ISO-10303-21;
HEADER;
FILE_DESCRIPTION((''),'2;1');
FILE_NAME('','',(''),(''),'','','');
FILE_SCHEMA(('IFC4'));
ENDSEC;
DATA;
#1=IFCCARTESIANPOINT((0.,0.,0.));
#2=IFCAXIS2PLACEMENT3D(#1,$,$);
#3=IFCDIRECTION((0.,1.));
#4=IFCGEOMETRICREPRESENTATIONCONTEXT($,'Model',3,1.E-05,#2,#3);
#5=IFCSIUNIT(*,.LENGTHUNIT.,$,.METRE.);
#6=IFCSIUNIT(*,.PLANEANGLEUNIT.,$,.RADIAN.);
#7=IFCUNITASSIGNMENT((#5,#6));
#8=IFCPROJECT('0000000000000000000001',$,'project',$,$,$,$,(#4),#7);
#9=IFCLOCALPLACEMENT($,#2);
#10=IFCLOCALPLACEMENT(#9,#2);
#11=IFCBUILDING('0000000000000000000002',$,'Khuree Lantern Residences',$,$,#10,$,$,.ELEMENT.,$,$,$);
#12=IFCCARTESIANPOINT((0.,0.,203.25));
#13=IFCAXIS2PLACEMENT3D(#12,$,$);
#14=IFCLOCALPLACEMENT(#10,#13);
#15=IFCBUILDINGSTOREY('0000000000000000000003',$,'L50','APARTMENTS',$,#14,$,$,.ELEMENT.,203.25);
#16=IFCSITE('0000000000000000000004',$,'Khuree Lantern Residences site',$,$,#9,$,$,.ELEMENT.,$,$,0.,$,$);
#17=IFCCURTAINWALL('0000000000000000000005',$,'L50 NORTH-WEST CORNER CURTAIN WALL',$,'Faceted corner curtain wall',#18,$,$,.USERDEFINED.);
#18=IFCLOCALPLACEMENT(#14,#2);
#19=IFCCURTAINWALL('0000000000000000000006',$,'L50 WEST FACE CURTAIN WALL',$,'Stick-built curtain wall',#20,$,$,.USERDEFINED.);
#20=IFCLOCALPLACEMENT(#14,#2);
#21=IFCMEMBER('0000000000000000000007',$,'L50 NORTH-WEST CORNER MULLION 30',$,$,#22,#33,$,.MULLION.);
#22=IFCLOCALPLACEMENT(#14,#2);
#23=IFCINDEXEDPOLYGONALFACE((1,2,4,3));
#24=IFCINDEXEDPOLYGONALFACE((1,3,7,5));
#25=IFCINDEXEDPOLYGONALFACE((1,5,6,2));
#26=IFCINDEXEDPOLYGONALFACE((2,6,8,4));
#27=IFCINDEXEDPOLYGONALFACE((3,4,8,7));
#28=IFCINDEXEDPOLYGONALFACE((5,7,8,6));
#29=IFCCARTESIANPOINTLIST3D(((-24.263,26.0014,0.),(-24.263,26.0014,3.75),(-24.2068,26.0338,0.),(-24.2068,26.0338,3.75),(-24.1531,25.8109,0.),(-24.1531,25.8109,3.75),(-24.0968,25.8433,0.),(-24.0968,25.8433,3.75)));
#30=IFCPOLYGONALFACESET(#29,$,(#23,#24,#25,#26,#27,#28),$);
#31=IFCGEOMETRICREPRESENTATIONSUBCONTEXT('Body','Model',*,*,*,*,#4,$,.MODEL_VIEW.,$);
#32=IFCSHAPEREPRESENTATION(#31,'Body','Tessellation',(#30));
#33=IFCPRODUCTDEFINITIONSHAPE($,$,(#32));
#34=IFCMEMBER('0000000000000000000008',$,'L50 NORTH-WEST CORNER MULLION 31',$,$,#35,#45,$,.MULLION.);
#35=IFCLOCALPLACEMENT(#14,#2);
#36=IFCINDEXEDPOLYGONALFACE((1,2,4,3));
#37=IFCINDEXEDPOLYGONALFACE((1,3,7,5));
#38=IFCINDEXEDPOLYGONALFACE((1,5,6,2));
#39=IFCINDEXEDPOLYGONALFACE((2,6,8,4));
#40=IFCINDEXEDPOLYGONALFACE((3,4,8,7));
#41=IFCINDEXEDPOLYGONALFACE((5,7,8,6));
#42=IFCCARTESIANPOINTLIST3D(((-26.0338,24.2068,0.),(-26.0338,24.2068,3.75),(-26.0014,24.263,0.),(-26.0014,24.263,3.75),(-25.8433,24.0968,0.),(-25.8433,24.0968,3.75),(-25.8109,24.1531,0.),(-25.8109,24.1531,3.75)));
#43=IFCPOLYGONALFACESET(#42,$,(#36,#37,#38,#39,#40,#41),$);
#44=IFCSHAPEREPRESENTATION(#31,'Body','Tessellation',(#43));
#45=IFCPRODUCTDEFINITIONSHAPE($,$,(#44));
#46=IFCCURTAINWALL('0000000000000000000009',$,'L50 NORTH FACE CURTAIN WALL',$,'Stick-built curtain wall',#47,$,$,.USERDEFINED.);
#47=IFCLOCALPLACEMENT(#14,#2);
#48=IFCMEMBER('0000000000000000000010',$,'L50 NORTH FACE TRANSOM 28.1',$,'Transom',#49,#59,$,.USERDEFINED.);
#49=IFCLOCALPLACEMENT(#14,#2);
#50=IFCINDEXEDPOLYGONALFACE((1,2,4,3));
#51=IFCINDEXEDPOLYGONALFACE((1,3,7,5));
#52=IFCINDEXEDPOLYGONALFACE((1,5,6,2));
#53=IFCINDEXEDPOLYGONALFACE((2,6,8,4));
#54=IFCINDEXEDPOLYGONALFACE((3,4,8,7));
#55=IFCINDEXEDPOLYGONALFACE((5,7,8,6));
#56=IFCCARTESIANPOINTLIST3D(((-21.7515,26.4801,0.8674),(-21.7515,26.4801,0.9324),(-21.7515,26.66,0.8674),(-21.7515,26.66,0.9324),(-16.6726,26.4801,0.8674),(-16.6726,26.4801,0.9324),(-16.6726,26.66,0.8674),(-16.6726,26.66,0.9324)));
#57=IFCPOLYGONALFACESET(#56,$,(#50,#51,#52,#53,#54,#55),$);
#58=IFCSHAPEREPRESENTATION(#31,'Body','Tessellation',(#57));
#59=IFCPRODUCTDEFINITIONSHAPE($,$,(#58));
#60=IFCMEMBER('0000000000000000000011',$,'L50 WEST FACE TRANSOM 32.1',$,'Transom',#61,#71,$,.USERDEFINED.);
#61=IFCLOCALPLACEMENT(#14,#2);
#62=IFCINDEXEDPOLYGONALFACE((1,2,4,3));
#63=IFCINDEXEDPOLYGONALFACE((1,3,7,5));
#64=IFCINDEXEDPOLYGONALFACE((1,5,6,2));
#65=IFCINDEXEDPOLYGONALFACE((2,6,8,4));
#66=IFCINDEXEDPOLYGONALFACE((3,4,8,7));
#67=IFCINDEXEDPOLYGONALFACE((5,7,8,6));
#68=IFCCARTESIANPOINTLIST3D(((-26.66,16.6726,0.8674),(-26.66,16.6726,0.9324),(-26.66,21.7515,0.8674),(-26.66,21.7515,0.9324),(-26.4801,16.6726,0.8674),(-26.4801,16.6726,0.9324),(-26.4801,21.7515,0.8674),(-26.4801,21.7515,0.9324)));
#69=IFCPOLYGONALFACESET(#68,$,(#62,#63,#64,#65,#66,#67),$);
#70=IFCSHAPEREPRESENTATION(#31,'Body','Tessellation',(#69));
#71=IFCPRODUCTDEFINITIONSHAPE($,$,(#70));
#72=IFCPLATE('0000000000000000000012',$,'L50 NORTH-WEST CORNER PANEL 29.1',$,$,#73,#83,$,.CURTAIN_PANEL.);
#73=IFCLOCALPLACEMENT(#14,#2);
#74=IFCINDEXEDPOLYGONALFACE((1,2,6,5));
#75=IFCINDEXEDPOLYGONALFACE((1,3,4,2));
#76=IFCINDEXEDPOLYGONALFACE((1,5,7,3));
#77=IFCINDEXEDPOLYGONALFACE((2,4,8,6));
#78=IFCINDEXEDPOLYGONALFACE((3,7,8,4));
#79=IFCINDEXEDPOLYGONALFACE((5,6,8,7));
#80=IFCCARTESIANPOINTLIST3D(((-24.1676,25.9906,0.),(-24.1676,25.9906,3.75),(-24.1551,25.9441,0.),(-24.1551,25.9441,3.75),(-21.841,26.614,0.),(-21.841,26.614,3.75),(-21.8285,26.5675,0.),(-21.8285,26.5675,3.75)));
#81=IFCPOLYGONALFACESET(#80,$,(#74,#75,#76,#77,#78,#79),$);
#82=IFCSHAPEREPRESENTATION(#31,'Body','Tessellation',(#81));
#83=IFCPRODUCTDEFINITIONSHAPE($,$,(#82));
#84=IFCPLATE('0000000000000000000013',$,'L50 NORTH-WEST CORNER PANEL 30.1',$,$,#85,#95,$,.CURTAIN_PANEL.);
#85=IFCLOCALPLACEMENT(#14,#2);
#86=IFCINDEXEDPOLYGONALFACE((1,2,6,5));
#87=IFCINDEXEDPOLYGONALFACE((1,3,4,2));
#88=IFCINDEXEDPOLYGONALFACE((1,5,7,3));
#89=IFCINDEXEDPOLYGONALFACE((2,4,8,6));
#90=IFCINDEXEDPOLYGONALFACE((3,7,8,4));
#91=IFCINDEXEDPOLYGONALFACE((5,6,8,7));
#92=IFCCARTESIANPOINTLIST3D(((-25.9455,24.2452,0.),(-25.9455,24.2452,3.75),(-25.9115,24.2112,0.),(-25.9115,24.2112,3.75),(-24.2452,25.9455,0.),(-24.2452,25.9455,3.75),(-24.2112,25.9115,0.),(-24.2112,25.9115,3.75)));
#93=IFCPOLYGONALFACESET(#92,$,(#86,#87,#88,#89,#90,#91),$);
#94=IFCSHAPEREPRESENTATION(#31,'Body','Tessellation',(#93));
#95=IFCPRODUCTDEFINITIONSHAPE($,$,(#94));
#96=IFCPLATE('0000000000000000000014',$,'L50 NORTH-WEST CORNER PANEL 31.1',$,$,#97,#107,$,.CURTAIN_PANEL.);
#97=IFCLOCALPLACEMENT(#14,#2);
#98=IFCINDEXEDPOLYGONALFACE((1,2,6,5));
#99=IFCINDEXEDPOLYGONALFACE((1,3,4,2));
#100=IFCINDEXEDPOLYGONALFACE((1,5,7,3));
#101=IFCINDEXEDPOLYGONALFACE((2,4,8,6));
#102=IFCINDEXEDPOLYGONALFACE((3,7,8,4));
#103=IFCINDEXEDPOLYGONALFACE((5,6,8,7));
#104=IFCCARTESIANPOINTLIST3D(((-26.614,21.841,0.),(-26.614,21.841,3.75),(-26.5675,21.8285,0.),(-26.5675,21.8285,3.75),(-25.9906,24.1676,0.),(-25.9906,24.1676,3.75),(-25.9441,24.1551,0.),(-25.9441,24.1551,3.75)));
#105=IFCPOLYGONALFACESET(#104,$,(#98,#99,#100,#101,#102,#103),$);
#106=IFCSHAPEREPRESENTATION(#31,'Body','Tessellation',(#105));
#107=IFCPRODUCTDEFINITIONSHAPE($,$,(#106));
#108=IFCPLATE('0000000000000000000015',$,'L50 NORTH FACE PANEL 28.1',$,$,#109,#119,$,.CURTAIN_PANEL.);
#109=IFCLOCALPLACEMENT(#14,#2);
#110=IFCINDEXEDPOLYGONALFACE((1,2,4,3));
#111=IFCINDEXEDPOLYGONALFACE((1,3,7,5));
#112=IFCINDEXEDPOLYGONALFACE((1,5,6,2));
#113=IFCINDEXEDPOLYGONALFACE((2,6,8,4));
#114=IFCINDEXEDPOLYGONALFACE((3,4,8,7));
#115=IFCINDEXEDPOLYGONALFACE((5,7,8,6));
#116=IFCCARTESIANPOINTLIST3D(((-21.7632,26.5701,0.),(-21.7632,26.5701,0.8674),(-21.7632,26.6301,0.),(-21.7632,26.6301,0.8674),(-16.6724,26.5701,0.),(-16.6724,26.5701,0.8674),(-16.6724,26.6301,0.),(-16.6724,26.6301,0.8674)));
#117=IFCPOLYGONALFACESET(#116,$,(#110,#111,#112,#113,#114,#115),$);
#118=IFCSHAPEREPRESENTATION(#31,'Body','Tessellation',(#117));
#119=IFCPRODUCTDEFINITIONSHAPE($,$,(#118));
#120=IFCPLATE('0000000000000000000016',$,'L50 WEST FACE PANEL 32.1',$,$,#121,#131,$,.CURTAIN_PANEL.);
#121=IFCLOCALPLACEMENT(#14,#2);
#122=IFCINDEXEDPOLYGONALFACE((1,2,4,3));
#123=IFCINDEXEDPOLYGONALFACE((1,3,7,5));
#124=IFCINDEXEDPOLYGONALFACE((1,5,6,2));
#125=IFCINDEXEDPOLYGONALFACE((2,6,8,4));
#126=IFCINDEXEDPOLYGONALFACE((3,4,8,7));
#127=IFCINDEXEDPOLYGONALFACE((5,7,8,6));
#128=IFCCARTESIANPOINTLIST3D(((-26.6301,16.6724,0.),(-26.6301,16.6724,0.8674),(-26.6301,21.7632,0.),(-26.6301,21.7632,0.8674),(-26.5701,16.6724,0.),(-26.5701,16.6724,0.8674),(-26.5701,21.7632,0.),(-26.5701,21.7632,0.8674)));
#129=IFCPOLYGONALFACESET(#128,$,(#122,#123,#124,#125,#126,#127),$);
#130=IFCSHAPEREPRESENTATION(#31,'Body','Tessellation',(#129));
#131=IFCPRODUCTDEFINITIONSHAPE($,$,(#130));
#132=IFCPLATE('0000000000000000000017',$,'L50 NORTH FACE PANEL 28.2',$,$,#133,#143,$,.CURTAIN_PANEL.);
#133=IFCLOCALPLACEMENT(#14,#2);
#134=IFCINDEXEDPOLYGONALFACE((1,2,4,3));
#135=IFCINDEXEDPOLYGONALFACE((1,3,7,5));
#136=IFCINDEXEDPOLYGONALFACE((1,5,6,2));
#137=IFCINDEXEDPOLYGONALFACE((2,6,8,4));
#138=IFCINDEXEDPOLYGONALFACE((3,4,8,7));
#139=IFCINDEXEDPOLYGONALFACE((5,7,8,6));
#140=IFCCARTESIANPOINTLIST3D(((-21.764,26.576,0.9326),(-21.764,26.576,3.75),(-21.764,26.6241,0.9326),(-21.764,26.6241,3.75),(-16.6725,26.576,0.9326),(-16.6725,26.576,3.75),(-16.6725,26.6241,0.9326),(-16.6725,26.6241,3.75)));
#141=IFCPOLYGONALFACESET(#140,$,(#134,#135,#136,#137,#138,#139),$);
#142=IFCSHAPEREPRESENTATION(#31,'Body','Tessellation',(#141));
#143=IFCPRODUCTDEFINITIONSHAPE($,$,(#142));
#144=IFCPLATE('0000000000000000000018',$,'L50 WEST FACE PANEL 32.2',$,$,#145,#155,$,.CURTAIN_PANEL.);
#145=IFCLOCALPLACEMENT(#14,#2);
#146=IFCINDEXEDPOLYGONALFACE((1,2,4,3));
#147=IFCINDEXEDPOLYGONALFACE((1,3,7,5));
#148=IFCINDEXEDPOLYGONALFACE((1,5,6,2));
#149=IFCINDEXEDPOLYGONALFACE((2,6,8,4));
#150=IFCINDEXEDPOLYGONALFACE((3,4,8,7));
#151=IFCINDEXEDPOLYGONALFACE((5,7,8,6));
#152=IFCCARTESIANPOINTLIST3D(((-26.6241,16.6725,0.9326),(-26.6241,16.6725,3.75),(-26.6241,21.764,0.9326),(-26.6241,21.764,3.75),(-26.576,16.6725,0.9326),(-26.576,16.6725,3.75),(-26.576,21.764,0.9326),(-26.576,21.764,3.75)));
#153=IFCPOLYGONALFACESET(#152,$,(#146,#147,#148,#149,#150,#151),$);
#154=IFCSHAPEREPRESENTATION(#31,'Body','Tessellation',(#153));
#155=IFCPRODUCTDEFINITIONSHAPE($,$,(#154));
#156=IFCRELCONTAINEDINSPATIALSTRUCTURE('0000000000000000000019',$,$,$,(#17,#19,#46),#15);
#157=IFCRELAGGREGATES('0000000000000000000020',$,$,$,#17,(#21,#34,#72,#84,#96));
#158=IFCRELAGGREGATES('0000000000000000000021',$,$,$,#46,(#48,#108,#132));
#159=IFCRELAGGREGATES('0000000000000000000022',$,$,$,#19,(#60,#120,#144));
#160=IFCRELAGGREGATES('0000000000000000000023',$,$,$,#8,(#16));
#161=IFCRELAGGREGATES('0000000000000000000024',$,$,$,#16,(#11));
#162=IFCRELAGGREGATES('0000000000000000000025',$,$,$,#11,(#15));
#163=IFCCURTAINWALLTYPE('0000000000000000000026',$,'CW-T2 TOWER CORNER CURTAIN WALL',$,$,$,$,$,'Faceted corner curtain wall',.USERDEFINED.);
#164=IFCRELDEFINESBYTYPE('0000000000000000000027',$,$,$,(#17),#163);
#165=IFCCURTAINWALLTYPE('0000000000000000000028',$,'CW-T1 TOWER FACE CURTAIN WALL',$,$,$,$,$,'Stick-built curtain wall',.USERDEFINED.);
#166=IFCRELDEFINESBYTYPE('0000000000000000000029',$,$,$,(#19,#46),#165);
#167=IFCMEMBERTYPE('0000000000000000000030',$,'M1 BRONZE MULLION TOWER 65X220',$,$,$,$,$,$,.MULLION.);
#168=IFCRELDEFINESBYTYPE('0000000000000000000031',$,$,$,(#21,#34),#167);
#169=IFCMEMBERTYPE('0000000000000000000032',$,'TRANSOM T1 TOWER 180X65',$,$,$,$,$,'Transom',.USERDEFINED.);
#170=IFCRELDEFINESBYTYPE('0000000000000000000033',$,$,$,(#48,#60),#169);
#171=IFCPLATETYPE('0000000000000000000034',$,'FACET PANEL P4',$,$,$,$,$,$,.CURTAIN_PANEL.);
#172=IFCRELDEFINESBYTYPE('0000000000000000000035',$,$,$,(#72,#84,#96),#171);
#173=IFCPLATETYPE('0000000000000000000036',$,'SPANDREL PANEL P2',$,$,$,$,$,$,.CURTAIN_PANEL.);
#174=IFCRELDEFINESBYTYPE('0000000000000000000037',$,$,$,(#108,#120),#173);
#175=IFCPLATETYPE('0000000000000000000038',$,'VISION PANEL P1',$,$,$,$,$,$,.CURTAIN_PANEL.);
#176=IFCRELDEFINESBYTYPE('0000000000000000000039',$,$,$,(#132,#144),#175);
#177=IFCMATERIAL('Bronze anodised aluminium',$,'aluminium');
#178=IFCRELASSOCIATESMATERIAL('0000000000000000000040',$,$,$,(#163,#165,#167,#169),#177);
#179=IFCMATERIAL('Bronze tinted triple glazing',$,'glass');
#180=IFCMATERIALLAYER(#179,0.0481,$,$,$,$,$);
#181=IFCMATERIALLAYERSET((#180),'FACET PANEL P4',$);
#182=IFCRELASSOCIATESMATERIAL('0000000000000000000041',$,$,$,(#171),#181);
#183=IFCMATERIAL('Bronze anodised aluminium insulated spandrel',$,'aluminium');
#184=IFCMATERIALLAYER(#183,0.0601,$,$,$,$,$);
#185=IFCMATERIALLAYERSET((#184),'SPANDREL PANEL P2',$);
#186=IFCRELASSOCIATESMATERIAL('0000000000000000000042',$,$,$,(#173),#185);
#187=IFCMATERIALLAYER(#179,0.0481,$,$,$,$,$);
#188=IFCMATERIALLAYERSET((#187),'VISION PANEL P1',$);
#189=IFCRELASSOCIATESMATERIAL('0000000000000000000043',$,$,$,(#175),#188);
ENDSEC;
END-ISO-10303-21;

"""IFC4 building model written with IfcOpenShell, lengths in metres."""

from ifc_helpers import new_model, si_unit, direction, frame, origin, origin_2d, place, context, subcontext, project, spatial, rectangle, extrude, material, layer, layer_set, material_profile, profile_set, type_object, element, aggregate, save


model = new_model("IFC4")

# Units and contexts
model_context = context("Model", 3, precision=1e-05, world=origin(), true_north=direction((0.0, 1.0)))
body_context = subcontext(model_context, "Body", "Model", "MODEL_VIEW")
ifc_project = project(units=[si_unit("LENGTHUNIT", "METRE"), si_unit("PLANEANGLEUNIT", "RADIAN")], contexts=[model_context])

# Site, building, storey
site_placement = place(None, origin())
site = spatial("IfcSite", under=ifc_project, at=site_placement, Name="Khuree Lantern Residences site", CompositionType="ELEMENT", RefElevation=0.0)
building_placement = place(site_placement, origin())
building = spatial("IfcBuilding", under=site, at=building_placement, Name="Khuree Lantern Residences", CompositionType="ELEMENT")
storey_placement = place(building_placement, frame((0.0, 0.0, 203.25)))
storey = spatial("IfcBuildingStorey", under=building, at=storey_placement, Name="L50", Description="APARTMENTS", CompositionType="ELEMENT", Elevation=203.25)

# Curtain walls
ifc_material_1 = material(Name="Bronze anodised aluminium", Category="aluminium")
curtain_wall_type_1 = type_object("IfcCurtainWallType", Name="CW-T2 TOWER CORNER CURTAIN WALL", ElementType="Faceted corner curtain wall", PredefinedType="USERDEFINED", material=ifc_material_1)
curtain_wall_1_placement = place(storey_placement, origin())
curtain_wall_1 = element("IfcCurtainWall", 1, at=curtain_wall_1_placement, inside=storey, type_object=curtain_wall_type_1, Name="L50 NORTH-WEST CORNER CURTAIN WALL", ObjectType="Faceted corner curtain wall", PredefinedType="USERDEFINED")
curtain_wall_type_2 = type_object("IfcCurtainWallType", Name="CW-T1 TOWER FACE CURTAIN WALL", ElementType="Stick-built curtain wall", PredefinedType="USERDEFINED", material=ifc_material_1)
curtain_wall_2_placement = place(storey_placement, origin())
curtain_wall_2 = element("IfcCurtainWall", 2, at=curtain_wall_2_placement, inside=storey, type_object=curtain_wall_type_2, Name="L50 WEST FACE CURTAIN WALL", ObjectType="Stick-built curtain wall", PredefinedType="USERDEFINED")

# Members
ifc_material_profile_1 = material_profile(ifc_material_1, rectangle(XDim=0.0649, YDim=0.22, at=origin_2d()), Name="M1 65X220")
ifc_profile_set_1 = profile_set([ifc_material_profile_1], Name="Bronze anodised aluminium")
member_type_1 = type_object("IfcMemberType", Name="M1 BRONZE MULLION TOWER 65X220", PredefinedType="MULLION", material=ifc_profile_set_1)
member_1_placement = place(storey_placement, frame((-24.1799, 25.9224, 0.0), z_axis=(0.0, 0.0, 1.0), x_axis=(-0.866025, -0.5, 0.0)))
member_1 = element("IfcMember", 3, at=member_1_placement, type_object=member_type_1, Name="L50 NORTH-WEST CORNER MULLION 30", PredefinedType="MULLION", context=body_context, shape_type="SweptSolid", body=[
    extrude(rectangle(XDim=0.0649, YDim=0.22, at=origin_2d()), origin(), (0.0, 0.0, 1.0), 3.75),
])
member_2_placement = place(storey_placement, frame((-25.9224, 24.1799, 0.0), z_axis=(0.0, 0.0, 1.0), x_axis=(-0.5, -0.866025, 0.0)))
member_2 = element("IfcMember", 4, at=member_2_placement, type_object=member_type_1, Name="L50 NORTH-WEST CORNER MULLION 31", PredefinedType="MULLION", context=body_context, shape_type="SweptSolid", body=[
    extrude(rectangle(XDim=0.0649, YDim=0.22, at=origin_2d()), origin(), (0.0, 0.0, 1.0), 3.75),
])

# Curtain wall, member
curtain_wall_3_placement = place(storey_placement, origin())
curtain_wall_3 = element("IfcCurtainWall", 5, at=curtain_wall_3_placement, inside=storey, type_object=curtain_wall_type_2, Name="L50 NORTH FACE CURTAIN WALL", ObjectType="Stick-built curtain wall", PredefinedType="USERDEFINED")
ifc_material_profile_2 = material_profile(ifc_material_1, rectangle(XDim=0.1799, YDim=0.0649, at=origin_2d()), Name="T1 180X65")
ifc_profile_set_2 = profile_set([ifc_material_profile_2], Name="Bronze anodised aluminium")
member_type_2 = type_object("IfcMemberType", Name="TRANSOM T1 TOWER 180X65", ElementType="Transom", PredefinedType="USERDEFINED", material=ifc_profile_set_2)
member_3_placement = place(storey_placement, frame((-16.6726, 26.5701, 0.8999), z_axis=(-1.0, 0.0, 0.0), x_axis=(0.0, -1.0, 0.0)))
member_3 = element("IfcMember", 6, at=member_3_placement, type_object=member_type_2, Name="L50 NORTH FACE TRANSOM 28.1", ObjectType="Transom", PredefinedType="USERDEFINED", context=body_context, shape_type="SweptSolid", body=[
    extrude(rectangle(XDim=0.1799, YDim=0.0649, at=origin_2d()), origin(), (0.0, 0.0, 1.0), 5.0789),
])

# Member
member_4_placement = place(storey_placement, frame((-26.5701, 21.7515, 0.8999), z_axis=(0.0, -1.0, 0.0), x_axis=(1.0, 0.0, 0.0)))
member_4 = element("IfcMember", 7, at=member_4_placement, type_object=member_type_2, Name="L50 WEST FACE TRANSOM 32.1", ObjectType="Transom", PredefinedType="USERDEFINED", context=body_context, shape_type="SweptSolid", body=[
    extrude(rectangle(XDim=0.1799, YDim=0.0649, at=origin_2d()), origin(), (0.0, 0.0, 1.0), 5.0789),
])

# Plates
ifc_material_2 = material(Name="Bronze tinted triple glazing", Category="glass")
ifc_layer_1 = layer(ifc_material_2, 0.0481)
ifc_layer_set_1 = layer_set([ifc_layer_1], Name="FACET PANEL P4")
plate_type_1 = type_object("IfcPlateType", Name="FACET PANEL P4", PredefinedType="CURTAIN_PANEL", material=ifc_layer_set_1)
plate_1_placement = place(storey_placement, frame((-22.998, 26.2791, 0.0), z_axis=(0.0, 0.0, 1.0), x_axis=(-0.965926, -0.258819, 0.0)))
plate_1 = element("IfcPlate", 8, at=plate_1_placement, type_object=plate_type_1, Name="L50 NORTH-WEST CORNER PANEL 29.1", PredefinedType="CURTAIN_PANEL", context=body_context, shape_type="SweptSolid", body=[
    extrude(rectangle(XDim=2.4087, YDim=0.0481, at=origin_2d()), origin(), (0.0, 0.0, 1.0), 3.75),
])
plate_2_placement = place(storey_placement, frame((-25.0784, 25.0784, 0.0), z_axis=(0.0, 0.0, 1.0), x_axis=(-0.707107, -0.707107, 0.0)))
plate_2 = element("IfcPlate", 9, at=plate_2_placement, type_object=plate_type_1, Name="L50 NORTH-WEST CORNER PANEL 30.1", PredefinedType="CURTAIN_PANEL", context=body_context, shape_type="SweptSolid", body=[
    extrude(rectangle(XDim=2.4045, YDim=0.0481, at=origin_2d()), origin(), (0.0, 0.0, 1.0), 3.75),
])
plate_3_placement = place(storey_placement, frame((-26.2791, 22.998, 0.0), z_axis=(0.0, 0.0, 1.0), x_axis=(-0.258819, -0.965926, 0.0)))
plate_3 = element("IfcPlate", 10, at=plate_3_placement, type_object=plate_type_1, Name="L50 NORTH-WEST CORNER PANEL 31.1", PredefinedType="CURTAIN_PANEL", context=body_context, shape_type="SweptSolid", body=[
    extrude(rectangle(XDim=2.4087, YDim=0.0481, at=origin_2d()), origin(), (0.0, 0.0, 1.0), 3.75),
])
aggregate(curtain_wall_1, [member_1, member_2, plate_1, plate_2, plate_3])
ifc_material_3 = material(Name="Bronze anodised aluminium insulated spandrel", Category="aluminium")
ifc_layer_2 = layer(ifc_material_3, 0.0601)
ifc_layer_set_2 = layer_set([ifc_layer_2], Name="SPANDREL PANEL P2")
plate_type_2 = type_object("IfcPlateType", Name="SPANDREL PANEL P2", PredefinedType="CURTAIN_PANEL", material=ifc_layer_set_2)
plate_4_placement = place(storey_placement, frame((-19.2178, 26.6001, 0.0), z_axis=(0.0, 0.0, 1.0), x_axis=(-1.0, 0.0, 0.0)))
plate_4 = element("IfcPlate", 11, at=plate_4_placement, type_object=plate_type_2, Name="L50 NORTH FACE PANEL 28.1", PredefinedType="CURTAIN_PANEL", context=body_context, shape_type="SweptSolid", body=[
    extrude(rectangle(XDim=5.0908, YDim=0.0601, at=origin_2d()), origin(), (0.0, 0.0, 1.0), 0.8674),
])
plate_5_placement = place(storey_placement, frame((-26.6001, 19.2178, 0.0), z_axis=(0.0, 0.0, 1.0), x_axis=(0.0, -1.0, 0.0)))
plate_5 = element("IfcPlate", 12, at=plate_5_placement, type_object=plate_type_2, Name="L50 WEST FACE PANEL 32.1", PredefinedType="CURTAIN_PANEL", context=body_context, shape_type="SweptSolid", body=[
    extrude(rectangle(XDim=5.0908, YDim=0.0601, at=origin_2d()), origin(), (0.0, 0.0, 1.0), 0.8674),
])
ifc_layer_3 = layer(ifc_material_2, 0.0481)
ifc_layer_set_3 = layer_set([ifc_layer_3], Name="VISION PANEL P1")
plate_type_3 = type_object("IfcPlateType", Name="VISION PANEL P1", PredefinedType="CURTAIN_PANEL", material=ifc_layer_set_3)
plate_6_placement = place(storey_placement, frame((-19.2183, 26.6001, 0.9326), z_axis=(0.0, 0.0, 1.0), x_axis=(-1.0, 0.0, 0.0)))
plate_6 = element("IfcPlate", 13, at=plate_6_placement, type_object=plate_type_3, Name="L50 NORTH FACE PANEL 28.2", PredefinedType="CURTAIN_PANEL", context=body_context, shape_type="SweptSolid", body=[
    extrude(rectangle(XDim=5.0916, YDim=0.0481, at=origin_2d()), origin(), (0.0, 0.0, 1.0), 2.8174),
])
aggregate(curtain_wall_3, [member_3, plate_4, plate_6])
plate_7_placement = place(storey_placement, frame((-26.6001, 19.2183, 0.9326), z_axis=(0.0, 0.0, 1.0), x_axis=(0.0, -1.0, 0.0)))
plate_7 = element("IfcPlate", 14, at=plate_7_placement, type_object=plate_type_3, Name="L50 WEST FACE PANEL 32.2", PredefinedType="CURTAIN_PANEL", context=body_context, shape_type="SweptSolid", body=[
    extrude(rectangle(XDim=5.0916, YDim=0.0481, at=origin_2d()), origin(), (0.0, 0.0, 1.0), 2.8174),
])
aggregate(curtain_wall_2, [member_4, plate_5, plate_7])

save(model, "model.ifc")
